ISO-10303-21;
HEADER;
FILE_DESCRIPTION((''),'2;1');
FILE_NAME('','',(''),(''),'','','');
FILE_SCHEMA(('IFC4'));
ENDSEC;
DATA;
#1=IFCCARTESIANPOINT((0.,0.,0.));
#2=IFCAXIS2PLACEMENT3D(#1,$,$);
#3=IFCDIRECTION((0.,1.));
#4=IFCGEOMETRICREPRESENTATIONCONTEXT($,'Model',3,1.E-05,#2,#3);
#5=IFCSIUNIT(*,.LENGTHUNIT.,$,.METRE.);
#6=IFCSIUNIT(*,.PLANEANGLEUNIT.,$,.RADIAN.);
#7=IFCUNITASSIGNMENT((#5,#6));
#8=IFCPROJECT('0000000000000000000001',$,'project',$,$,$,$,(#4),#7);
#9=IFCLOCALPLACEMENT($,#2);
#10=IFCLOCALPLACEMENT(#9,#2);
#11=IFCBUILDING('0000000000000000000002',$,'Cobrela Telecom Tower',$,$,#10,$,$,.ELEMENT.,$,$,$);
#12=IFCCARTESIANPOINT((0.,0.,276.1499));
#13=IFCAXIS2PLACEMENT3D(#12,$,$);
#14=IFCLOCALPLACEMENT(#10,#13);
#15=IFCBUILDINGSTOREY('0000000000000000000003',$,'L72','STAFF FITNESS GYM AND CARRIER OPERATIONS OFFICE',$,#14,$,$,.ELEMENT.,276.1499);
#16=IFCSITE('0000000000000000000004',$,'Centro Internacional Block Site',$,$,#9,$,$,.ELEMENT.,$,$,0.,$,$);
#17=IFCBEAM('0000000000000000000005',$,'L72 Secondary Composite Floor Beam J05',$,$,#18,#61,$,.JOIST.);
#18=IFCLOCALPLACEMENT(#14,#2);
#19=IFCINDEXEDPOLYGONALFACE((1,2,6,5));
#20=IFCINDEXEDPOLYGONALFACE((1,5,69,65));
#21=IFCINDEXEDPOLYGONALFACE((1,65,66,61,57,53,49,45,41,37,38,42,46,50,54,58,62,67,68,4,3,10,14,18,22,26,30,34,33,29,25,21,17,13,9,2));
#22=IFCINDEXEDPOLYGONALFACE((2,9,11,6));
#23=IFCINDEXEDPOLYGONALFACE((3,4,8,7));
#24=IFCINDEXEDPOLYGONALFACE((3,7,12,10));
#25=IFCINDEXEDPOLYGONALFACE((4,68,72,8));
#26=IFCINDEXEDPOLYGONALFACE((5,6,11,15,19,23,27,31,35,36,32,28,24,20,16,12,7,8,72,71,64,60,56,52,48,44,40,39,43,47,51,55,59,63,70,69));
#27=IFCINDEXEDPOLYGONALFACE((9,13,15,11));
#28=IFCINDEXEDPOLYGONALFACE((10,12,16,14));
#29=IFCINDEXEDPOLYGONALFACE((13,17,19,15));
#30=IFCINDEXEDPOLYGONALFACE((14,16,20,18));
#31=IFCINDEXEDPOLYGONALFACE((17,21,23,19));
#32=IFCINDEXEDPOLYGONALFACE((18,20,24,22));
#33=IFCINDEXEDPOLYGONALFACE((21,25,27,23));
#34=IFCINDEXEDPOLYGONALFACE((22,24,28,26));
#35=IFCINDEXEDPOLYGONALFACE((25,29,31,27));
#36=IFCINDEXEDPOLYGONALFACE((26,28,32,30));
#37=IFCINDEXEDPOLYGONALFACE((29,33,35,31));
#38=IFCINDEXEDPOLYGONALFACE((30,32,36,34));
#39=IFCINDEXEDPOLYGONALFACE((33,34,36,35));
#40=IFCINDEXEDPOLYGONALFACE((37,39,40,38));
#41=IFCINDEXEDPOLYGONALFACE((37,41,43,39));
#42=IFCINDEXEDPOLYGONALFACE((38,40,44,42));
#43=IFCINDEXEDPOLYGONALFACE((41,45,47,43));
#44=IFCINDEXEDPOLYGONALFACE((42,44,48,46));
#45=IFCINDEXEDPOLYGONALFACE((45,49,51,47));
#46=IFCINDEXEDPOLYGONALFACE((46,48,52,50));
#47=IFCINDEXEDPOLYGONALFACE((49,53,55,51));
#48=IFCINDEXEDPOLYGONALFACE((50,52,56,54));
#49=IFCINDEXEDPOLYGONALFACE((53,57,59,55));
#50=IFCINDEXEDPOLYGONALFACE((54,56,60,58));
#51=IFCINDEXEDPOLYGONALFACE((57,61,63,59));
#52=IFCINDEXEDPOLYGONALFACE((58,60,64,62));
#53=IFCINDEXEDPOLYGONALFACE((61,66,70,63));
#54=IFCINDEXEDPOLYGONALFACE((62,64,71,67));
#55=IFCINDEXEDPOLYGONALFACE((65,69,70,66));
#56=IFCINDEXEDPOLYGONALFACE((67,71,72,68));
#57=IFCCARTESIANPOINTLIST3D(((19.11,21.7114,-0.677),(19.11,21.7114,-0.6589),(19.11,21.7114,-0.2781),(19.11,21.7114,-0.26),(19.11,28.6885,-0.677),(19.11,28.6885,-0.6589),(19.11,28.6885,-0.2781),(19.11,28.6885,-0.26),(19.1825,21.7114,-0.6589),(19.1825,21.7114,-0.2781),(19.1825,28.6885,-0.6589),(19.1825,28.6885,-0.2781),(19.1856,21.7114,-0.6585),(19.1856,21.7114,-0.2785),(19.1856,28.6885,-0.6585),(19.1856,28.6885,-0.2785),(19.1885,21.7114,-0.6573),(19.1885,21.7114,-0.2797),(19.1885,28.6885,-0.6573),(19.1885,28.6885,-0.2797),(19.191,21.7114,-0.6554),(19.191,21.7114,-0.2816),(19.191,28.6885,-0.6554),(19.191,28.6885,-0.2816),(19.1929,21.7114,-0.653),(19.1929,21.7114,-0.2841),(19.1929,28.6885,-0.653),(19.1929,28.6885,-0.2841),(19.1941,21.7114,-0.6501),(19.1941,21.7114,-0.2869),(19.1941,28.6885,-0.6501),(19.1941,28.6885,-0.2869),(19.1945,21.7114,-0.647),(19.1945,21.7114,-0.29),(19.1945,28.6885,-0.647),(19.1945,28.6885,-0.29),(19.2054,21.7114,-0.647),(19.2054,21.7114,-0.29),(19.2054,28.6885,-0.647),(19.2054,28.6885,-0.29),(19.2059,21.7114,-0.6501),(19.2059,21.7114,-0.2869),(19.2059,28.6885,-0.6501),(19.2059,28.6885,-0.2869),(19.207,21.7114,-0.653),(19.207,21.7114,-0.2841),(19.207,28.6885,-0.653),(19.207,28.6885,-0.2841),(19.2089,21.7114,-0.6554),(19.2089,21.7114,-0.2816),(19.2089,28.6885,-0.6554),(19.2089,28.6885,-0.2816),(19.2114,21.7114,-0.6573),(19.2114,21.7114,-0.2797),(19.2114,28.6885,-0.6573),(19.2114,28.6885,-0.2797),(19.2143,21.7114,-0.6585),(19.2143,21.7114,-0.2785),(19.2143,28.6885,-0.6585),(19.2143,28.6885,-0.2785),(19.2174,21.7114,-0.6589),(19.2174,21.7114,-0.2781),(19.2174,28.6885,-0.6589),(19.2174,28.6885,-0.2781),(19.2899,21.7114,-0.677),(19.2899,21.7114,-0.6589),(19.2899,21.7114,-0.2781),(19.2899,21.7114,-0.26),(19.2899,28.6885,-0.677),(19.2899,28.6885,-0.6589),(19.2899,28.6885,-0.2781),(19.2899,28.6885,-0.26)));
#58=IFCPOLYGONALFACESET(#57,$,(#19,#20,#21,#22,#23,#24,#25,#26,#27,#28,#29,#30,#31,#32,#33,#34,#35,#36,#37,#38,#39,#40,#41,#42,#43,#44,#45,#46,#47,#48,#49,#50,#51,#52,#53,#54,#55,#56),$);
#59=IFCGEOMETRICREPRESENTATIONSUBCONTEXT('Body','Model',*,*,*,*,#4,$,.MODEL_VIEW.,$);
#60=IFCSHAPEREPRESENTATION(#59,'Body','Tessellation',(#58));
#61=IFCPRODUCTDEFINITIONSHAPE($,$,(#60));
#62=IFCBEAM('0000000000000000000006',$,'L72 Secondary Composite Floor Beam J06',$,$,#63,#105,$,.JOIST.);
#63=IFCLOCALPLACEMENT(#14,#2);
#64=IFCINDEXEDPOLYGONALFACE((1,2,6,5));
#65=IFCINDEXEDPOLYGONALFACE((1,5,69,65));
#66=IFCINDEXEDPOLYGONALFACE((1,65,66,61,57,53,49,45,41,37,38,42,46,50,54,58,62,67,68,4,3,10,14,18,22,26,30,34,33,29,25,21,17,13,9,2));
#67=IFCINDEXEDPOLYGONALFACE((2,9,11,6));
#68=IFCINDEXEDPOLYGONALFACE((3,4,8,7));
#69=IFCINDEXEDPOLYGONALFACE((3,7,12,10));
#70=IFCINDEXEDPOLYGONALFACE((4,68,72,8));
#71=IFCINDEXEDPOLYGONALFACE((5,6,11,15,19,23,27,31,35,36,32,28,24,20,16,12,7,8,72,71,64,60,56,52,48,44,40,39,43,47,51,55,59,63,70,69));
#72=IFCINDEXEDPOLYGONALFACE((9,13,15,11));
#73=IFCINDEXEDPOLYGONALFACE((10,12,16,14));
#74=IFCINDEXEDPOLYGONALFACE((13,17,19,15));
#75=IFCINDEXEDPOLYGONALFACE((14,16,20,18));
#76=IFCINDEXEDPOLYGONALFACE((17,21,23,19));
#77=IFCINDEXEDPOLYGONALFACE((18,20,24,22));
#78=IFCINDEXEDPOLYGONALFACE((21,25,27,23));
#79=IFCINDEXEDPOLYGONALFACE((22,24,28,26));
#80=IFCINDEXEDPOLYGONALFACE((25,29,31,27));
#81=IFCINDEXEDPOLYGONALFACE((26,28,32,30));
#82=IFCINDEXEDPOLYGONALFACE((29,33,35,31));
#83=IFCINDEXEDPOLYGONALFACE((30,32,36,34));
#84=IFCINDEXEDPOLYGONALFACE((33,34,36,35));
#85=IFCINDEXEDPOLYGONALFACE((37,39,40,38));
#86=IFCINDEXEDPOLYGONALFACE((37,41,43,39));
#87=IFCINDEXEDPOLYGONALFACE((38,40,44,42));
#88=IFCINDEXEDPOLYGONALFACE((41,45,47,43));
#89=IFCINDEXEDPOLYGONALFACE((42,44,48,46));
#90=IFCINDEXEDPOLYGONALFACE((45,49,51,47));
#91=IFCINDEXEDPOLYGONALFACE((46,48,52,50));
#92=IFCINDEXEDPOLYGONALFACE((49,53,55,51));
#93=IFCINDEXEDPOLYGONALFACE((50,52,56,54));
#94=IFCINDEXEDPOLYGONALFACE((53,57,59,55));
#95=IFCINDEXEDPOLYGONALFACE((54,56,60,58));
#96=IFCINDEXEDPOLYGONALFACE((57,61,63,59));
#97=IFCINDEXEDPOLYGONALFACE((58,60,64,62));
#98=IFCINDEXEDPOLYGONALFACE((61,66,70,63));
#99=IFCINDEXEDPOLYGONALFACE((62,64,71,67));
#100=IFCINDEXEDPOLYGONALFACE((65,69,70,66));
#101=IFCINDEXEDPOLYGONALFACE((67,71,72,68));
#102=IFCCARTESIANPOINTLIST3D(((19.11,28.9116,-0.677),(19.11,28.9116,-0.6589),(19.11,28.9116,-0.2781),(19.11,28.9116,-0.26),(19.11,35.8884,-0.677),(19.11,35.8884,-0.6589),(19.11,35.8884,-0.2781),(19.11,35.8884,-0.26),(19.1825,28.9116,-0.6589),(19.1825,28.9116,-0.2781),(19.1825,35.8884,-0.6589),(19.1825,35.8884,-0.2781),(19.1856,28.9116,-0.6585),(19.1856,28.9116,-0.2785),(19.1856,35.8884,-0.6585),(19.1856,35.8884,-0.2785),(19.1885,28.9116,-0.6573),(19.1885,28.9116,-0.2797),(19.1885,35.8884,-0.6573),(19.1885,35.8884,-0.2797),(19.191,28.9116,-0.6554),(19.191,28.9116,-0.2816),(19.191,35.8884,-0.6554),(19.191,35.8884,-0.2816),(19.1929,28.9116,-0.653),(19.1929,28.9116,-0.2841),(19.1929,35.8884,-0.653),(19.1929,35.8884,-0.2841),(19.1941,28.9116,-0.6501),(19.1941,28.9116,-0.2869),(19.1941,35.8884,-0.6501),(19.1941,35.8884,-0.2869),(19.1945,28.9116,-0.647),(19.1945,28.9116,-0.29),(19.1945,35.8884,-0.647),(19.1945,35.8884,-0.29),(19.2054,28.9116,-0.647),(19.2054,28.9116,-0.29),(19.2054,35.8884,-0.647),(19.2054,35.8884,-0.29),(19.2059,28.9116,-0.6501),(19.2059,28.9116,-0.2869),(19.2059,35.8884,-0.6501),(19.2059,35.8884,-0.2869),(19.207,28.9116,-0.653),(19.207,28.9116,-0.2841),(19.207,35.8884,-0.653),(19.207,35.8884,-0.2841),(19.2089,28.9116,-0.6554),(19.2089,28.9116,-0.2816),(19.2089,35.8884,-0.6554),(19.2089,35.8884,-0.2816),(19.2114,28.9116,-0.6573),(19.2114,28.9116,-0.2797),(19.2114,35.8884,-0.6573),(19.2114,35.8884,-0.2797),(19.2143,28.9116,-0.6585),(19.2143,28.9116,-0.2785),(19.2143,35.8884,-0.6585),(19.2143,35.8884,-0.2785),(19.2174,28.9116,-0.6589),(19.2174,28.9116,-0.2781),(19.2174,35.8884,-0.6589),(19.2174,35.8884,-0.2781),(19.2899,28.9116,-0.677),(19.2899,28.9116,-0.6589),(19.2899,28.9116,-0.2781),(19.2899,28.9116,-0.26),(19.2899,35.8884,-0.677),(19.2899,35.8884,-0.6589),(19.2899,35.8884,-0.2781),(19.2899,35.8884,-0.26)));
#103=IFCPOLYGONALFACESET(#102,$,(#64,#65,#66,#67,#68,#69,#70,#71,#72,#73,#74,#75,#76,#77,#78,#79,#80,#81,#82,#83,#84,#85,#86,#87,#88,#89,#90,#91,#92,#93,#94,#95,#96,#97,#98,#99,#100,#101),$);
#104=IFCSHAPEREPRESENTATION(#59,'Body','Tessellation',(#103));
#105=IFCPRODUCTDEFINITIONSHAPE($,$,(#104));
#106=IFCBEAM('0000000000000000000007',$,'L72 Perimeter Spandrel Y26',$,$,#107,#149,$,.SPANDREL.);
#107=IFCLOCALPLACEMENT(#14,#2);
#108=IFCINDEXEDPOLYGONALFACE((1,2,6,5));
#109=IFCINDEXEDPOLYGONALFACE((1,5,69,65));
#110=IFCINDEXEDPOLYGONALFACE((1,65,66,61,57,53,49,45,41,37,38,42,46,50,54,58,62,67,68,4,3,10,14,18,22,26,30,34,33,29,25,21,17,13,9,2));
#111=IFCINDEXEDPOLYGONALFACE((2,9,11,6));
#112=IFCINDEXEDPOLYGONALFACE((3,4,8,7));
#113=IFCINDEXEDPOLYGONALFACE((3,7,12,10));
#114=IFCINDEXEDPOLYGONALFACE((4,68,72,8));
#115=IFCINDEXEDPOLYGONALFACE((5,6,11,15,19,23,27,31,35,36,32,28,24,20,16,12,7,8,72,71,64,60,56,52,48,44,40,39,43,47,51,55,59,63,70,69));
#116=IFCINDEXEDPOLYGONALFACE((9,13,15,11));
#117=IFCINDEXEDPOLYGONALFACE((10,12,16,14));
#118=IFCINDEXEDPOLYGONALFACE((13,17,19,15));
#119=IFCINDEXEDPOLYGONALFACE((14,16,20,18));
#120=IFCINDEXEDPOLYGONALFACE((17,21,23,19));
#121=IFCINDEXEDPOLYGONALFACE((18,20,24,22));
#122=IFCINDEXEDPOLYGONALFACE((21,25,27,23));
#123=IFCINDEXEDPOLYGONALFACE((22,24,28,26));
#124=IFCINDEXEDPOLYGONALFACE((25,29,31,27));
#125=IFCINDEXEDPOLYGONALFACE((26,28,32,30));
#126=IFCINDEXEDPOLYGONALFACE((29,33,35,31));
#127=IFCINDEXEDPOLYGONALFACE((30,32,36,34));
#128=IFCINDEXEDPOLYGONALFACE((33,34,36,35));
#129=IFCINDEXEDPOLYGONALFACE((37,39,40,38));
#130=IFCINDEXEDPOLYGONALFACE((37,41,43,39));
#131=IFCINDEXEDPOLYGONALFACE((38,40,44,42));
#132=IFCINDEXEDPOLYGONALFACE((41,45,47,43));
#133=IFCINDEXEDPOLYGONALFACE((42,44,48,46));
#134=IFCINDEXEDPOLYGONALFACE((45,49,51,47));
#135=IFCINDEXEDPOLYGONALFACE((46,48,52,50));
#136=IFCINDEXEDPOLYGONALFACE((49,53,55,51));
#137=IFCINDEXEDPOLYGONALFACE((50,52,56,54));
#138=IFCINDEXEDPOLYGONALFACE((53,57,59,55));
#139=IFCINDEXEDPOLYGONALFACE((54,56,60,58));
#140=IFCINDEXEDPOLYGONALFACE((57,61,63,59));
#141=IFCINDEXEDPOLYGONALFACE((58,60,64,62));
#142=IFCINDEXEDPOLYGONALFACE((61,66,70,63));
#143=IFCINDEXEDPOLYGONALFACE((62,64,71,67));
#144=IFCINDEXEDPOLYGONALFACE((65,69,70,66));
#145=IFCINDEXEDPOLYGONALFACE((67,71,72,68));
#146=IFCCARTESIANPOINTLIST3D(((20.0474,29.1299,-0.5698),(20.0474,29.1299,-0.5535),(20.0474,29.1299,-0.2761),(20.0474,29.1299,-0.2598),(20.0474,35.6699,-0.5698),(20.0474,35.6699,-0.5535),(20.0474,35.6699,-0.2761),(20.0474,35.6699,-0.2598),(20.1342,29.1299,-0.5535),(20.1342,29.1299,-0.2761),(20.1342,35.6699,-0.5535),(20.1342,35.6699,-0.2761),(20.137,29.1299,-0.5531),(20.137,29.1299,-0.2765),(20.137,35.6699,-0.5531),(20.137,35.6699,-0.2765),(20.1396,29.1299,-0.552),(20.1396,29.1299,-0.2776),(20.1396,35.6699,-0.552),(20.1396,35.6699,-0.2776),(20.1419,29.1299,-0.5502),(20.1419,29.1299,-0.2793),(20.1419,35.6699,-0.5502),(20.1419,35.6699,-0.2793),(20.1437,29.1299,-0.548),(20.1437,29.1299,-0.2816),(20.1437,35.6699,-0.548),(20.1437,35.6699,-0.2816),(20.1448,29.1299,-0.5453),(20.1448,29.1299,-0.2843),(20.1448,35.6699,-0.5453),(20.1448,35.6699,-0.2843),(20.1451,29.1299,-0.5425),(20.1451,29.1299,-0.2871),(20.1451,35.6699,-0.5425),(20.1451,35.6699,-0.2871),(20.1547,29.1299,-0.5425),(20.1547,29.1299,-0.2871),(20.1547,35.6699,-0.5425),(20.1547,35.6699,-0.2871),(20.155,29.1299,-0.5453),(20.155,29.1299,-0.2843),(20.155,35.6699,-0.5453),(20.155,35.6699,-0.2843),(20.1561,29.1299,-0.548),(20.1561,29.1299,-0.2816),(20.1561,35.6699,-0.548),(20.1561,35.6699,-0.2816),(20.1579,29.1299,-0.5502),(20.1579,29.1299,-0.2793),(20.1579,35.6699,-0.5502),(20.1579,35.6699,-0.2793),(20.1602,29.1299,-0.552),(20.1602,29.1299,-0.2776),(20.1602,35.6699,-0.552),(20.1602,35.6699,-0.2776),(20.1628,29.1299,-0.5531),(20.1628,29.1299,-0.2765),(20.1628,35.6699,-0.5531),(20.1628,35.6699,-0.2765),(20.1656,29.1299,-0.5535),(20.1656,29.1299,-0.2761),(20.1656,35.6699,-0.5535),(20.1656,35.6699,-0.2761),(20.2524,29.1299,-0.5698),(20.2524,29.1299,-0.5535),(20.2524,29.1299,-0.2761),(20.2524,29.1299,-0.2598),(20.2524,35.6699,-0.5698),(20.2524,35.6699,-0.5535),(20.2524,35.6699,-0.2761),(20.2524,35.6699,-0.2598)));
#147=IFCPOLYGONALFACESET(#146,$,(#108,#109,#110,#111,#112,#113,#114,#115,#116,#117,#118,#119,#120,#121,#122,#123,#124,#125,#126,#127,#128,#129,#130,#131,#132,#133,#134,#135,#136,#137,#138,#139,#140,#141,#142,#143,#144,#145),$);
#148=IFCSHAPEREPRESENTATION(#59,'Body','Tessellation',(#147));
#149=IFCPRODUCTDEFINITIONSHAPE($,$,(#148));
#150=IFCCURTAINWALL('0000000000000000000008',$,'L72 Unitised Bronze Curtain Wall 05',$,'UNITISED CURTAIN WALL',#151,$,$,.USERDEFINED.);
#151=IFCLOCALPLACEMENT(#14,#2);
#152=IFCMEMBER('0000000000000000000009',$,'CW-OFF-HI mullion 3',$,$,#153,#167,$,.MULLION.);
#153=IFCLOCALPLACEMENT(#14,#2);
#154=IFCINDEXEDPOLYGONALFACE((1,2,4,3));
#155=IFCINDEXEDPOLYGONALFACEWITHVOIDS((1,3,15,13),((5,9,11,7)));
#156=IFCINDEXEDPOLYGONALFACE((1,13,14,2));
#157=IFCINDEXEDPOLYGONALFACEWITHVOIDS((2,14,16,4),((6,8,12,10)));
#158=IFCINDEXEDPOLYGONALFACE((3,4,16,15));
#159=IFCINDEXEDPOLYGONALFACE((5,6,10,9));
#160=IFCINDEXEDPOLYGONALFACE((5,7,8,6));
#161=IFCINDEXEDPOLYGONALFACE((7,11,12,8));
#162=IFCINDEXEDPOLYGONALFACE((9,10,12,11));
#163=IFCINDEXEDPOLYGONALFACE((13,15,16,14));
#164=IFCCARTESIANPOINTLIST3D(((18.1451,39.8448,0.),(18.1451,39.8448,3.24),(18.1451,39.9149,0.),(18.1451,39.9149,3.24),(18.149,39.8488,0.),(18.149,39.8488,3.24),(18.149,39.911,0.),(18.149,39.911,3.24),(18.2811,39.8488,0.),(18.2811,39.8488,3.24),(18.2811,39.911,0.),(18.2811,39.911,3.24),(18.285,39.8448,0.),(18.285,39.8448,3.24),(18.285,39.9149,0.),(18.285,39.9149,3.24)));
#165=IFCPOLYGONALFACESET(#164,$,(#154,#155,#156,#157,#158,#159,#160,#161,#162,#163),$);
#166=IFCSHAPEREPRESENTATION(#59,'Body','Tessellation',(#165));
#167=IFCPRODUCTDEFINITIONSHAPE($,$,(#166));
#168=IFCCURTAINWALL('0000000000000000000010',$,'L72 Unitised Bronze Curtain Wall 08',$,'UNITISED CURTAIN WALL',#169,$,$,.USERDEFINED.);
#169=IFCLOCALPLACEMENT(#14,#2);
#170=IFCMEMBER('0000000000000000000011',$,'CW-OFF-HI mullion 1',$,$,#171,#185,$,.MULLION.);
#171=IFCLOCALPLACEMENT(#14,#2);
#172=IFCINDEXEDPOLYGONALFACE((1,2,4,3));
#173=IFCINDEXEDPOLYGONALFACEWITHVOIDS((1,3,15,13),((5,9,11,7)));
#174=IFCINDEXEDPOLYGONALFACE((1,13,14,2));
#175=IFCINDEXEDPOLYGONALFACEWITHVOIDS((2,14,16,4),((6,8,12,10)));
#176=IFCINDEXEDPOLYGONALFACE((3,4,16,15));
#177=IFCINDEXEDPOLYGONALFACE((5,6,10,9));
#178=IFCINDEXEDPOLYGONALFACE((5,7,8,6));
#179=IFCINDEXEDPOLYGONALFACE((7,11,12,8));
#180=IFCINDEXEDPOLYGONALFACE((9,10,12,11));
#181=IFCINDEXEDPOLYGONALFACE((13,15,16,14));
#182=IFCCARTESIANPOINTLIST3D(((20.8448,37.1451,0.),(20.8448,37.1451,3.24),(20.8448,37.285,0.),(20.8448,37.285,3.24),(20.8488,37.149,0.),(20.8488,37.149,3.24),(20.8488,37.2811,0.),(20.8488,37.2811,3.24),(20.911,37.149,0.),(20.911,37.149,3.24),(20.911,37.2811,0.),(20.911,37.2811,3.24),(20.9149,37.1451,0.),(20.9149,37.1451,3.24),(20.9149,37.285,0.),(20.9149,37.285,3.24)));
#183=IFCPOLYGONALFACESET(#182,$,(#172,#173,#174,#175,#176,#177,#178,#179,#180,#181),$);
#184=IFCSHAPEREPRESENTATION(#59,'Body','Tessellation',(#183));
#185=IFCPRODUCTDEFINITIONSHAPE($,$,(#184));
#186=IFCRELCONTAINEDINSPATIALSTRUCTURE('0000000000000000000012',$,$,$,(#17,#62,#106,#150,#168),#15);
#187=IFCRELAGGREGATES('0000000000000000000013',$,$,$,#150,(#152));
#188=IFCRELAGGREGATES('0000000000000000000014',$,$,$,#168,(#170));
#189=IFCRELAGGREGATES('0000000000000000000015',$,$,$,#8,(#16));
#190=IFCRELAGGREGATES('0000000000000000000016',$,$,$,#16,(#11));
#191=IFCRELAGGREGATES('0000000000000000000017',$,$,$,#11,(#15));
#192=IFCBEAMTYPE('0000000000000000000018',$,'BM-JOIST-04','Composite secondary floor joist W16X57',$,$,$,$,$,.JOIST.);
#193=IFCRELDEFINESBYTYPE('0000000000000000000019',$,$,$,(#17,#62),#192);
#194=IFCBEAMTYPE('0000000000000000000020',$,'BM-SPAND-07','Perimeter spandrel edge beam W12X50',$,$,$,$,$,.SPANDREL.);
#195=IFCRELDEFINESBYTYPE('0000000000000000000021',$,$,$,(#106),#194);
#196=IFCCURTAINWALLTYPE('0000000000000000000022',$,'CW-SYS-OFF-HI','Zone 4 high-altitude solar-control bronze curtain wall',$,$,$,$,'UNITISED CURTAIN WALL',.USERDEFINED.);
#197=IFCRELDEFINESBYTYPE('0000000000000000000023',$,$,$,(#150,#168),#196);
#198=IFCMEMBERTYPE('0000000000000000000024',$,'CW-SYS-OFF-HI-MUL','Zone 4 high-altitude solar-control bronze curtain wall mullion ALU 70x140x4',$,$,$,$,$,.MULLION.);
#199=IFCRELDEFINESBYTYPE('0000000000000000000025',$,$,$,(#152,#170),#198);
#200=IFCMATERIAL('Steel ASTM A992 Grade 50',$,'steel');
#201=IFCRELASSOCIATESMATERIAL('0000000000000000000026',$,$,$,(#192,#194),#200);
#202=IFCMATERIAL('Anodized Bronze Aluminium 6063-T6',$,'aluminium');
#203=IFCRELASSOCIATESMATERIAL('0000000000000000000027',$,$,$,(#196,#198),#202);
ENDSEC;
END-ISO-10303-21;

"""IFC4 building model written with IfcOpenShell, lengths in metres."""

from ifc_helpers import new_model, si_unit, direction, frame, origin, origin_2d, place, context, subcontext, project, spatial, hollow_rectangle, i_section, extrude, material, material_profile, profile_set, type_object, element, aggregate, save


model = new_model("IFC4")

# Units and contexts
model_context = context("Model", 3, precision=1e-05, world=origin(), true_north=direction((0.0, 1.0)))
body_context = subcontext(model_context, "Body", "Model", "MODEL_VIEW")
ifc_project = project(units=[si_unit("LENGTHUNIT", "METRE"), si_unit("PLANEANGLEUNIT", "RADIAN")], contexts=[model_context])

# Site, building, storey
site_placement = place(None, origin())
site = spatial("IfcSite", under=ifc_project, at=site_placement, Name="Centro Internacional Block Site", CompositionType="ELEMENT", RefElevation=0.0)
building_placement = place(site_placement, origin())
building = spatial("IfcBuilding", under=site, at=building_placement, Name="Cobrela Telecom Tower", CompositionType="ELEMENT")
storey_placement = place(building_placement, frame((0.0, 0.0, 276.1499)))
storey = spatial("IfcBuildingStorey", under=building, at=storey_placement, Name="L72", Description="STAFF FITNESS GYM AND CARRIER OPERATIONS OFFICE", CompositionType="ELEMENT", Elevation=276.1499)

# Shared definitions
ifc_material_1 = material(Name="Steel ASTM A992 Grade 50", Category="steel")

# Beams
ifc_material_profile_1 = material_profile(ifc_material_1, i_section(OverallWidth=0.1799, OverallDepth=0.417, WebThickness=0.011, FlangeThickness=0.0181, FilletRadius=0.012, at=origin_2d()), Name="W16X57")
ifc_profile_set_1 = profile_set([ifc_material_profile_1], Name="Steel ASTM A992 Grade 50")
beam_type_1 = type_object("IfcBeamType", Name="BM-JOIST-04", Description="Composite secondary floor joist W16X57", PredefinedType="JOIST", material=ifc_profile_set_1)
beam_1_placement = place(storey_placement, frame((19.2, 21.7114, -0.4685), z_axis=(0.0, 1.0, 0.0), x_axis=(-1.0, 0.0, 0.0)))
element("IfcBeam", 1, at=beam_1_placement, inside=storey, type_object=beam_type_1, Name="L72 Secondary Composite Floor Beam J05", PredefinedType="JOIST", context=body_context, shape_type="SweptSolid", body=[
    extrude(i_section(OverallWidth=0.1799, OverallDepth=0.417, WebThickness=0.011, FlangeThickness=0.0181, FilletRadius=0.012, at=origin_2d()), origin(), (0.0, 0.0, 1.0), 6.9771),
])
beam_2_placement = place(storey_placement, frame((19.2, 28.9116, -0.4685), z_axis=(0.0, 1.0, 0.0), x_axis=(-1.0, 0.0, 0.0)))
element("IfcBeam", 2, at=beam_2_placement, inside=storey, type_object=beam_type_1, Name="L72 Secondary Composite Floor Beam J06", PredefinedType="JOIST", context=body_context, shape_type="SweptSolid", body=[
    extrude(i_section(OverallWidth=0.1799, OverallDepth=0.417, WebThickness=0.011, FlangeThickness=0.0181, FilletRadius=0.012, at=origin_2d()), origin(), (0.0, 0.0, 1.0), 6.9768),
])
ifc_material_profile_2 = material_profile(ifc_material_1, i_section(OverallWidth=0.2051, OverallDepth=0.3101, WebThickness=0.0095, FlangeThickness=0.0164, FilletRadius=0.011, at=origin_2d()), Name="W12X50")
ifc_profile_set_2 = profile_set([ifc_material_profile_2], Name="Steel ASTM A992 Grade 50")
beam_type_2 = type_object("IfcBeamType", Name="BM-SPAND-07", Description="Perimeter spandrel edge beam W12X50", PredefinedType="SPANDREL", material=ifc_profile_set_2)
beam_3_placement = place(storey_placement, frame((20.1499, 29.1299, -0.4148), z_axis=(0.0, 1.0, 0.0), x_axis=(-1.0, 0.0, 0.0)))
element("IfcBeam", 3, at=beam_3_placement, inside=storey, type_object=beam_type_2, Name="L72 Perimeter Spandrel Y26", PredefinedType="SPANDREL", context=body_context, shape_type="SweptSolid", body=[
    extrude(i_section(OverallWidth=0.2051, OverallDepth=0.3101, WebThickness=0.0095, FlangeThickness=0.0164, FilletRadius=0.011, at=origin_2d()), origin(), (0.0, 0.0, 1.0), 6.54),
])

# Curtain wall, member
ifc_material_2 = material(Name="Anodized Bronze Aluminium 6063-T6", Category="aluminium")
curtain_wall_type = type_object("IfcCurtainWallType", Name="CW-SYS-OFF-HI", Description="Zone 4 high-altitude solar-control bronze curtain wall", ElementType="UNITISED CURTAIN WALL", PredefinedType="USERDEFINED", material=ifc_material_2)
curtain_wall_1_placement = place(storey_placement, origin())
curtain_wall_1 = element("IfcCurtainWall", 4, at=curtain_wall_1_placement, inside=storey, type_object=curtain_wall_type, Name="L72 Unitised Bronze Curtain Wall 05", ObjectType="UNITISED CURTAIN WALL", PredefinedType="USERDEFINED")
ifc_material_profile_3 = material_profile(ifc_material_2, hollow_rectangle(XDim=0.0701, YDim=0.1399, WallThickness=0.0039, at=origin_2d()), Name="ALU 70x140x4")
ifc_profile_set_3 = profile_set([ifc_material_profile_3], Name="Anodized Bronze Aluminium 6063-T6")
member_type_1 = type_object("IfcMemberType", Name="CW-SYS-OFF-HI-MUL", Description="Zone 4 high-altitude solar-control bronze curtain wall mullion ALU 70x140x4", PredefinedType="MULLION", material=ifc_profile_set_3)
member_1_placement = place(storey_placement, frame((18.2151, 39.8799, 0.0), z_axis=(0.0, 0.0, 1.0), x_axis=(0.0, 1.0, 0.0)))
member_1 = element("IfcMember", 5, at=member_1_placement, type_object=member_type_1, Name="CW-OFF-HI mullion 3", PredefinedType="MULLION", context=body_context, shape_type="SweptSolid", body=[
    extrude(hollow_rectangle(XDim=0.0701, YDim=0.1399, WallThickness=0.0039, at=origin_2d()), origin(), (0.0, 0.0, 1.0), 3.24),
])
aggregate(curtain_wall_1, [member_1])

# Curtain wall, member
curtain_wall_2_placement = place(storey_placement, origin())
curtain_wall_2 = element("IfcCurtainWall", 6, at=curtain_wall_2_placement, inside=storey, type_object=curtain_wall_type, Name="L72 Unitised Bronze Curtain Wall 08", ObjectType="UNITISED CURTAIN WALL", PredefinedType="USERDEFINED")
member_2_placement = place(storey_placement, frame((20.8799, 37.2151, 0.0), z_axis=(0.0, 0.0, 1.0), x_axis=(1.0, 0.0, 0.0)))
member_2 = element("IfcMember", 7, at=member_2_placement, type_object=member_type_1, Name="CW-OFF-HI mullion 1", PredefinedType="MULLION", context=body_context, shape_type="SweptSolid", body=[
    extrude(hollow_rectangle(XDim=0.0701, YDim=0.1399, WallThickness=0.0039, at=origin_2d()), origin(), (0.0, 0.0, 1.0), 3.24),
])

aggregate(curtain_wall_2, [member_2])

save(model, "model.ifc")
